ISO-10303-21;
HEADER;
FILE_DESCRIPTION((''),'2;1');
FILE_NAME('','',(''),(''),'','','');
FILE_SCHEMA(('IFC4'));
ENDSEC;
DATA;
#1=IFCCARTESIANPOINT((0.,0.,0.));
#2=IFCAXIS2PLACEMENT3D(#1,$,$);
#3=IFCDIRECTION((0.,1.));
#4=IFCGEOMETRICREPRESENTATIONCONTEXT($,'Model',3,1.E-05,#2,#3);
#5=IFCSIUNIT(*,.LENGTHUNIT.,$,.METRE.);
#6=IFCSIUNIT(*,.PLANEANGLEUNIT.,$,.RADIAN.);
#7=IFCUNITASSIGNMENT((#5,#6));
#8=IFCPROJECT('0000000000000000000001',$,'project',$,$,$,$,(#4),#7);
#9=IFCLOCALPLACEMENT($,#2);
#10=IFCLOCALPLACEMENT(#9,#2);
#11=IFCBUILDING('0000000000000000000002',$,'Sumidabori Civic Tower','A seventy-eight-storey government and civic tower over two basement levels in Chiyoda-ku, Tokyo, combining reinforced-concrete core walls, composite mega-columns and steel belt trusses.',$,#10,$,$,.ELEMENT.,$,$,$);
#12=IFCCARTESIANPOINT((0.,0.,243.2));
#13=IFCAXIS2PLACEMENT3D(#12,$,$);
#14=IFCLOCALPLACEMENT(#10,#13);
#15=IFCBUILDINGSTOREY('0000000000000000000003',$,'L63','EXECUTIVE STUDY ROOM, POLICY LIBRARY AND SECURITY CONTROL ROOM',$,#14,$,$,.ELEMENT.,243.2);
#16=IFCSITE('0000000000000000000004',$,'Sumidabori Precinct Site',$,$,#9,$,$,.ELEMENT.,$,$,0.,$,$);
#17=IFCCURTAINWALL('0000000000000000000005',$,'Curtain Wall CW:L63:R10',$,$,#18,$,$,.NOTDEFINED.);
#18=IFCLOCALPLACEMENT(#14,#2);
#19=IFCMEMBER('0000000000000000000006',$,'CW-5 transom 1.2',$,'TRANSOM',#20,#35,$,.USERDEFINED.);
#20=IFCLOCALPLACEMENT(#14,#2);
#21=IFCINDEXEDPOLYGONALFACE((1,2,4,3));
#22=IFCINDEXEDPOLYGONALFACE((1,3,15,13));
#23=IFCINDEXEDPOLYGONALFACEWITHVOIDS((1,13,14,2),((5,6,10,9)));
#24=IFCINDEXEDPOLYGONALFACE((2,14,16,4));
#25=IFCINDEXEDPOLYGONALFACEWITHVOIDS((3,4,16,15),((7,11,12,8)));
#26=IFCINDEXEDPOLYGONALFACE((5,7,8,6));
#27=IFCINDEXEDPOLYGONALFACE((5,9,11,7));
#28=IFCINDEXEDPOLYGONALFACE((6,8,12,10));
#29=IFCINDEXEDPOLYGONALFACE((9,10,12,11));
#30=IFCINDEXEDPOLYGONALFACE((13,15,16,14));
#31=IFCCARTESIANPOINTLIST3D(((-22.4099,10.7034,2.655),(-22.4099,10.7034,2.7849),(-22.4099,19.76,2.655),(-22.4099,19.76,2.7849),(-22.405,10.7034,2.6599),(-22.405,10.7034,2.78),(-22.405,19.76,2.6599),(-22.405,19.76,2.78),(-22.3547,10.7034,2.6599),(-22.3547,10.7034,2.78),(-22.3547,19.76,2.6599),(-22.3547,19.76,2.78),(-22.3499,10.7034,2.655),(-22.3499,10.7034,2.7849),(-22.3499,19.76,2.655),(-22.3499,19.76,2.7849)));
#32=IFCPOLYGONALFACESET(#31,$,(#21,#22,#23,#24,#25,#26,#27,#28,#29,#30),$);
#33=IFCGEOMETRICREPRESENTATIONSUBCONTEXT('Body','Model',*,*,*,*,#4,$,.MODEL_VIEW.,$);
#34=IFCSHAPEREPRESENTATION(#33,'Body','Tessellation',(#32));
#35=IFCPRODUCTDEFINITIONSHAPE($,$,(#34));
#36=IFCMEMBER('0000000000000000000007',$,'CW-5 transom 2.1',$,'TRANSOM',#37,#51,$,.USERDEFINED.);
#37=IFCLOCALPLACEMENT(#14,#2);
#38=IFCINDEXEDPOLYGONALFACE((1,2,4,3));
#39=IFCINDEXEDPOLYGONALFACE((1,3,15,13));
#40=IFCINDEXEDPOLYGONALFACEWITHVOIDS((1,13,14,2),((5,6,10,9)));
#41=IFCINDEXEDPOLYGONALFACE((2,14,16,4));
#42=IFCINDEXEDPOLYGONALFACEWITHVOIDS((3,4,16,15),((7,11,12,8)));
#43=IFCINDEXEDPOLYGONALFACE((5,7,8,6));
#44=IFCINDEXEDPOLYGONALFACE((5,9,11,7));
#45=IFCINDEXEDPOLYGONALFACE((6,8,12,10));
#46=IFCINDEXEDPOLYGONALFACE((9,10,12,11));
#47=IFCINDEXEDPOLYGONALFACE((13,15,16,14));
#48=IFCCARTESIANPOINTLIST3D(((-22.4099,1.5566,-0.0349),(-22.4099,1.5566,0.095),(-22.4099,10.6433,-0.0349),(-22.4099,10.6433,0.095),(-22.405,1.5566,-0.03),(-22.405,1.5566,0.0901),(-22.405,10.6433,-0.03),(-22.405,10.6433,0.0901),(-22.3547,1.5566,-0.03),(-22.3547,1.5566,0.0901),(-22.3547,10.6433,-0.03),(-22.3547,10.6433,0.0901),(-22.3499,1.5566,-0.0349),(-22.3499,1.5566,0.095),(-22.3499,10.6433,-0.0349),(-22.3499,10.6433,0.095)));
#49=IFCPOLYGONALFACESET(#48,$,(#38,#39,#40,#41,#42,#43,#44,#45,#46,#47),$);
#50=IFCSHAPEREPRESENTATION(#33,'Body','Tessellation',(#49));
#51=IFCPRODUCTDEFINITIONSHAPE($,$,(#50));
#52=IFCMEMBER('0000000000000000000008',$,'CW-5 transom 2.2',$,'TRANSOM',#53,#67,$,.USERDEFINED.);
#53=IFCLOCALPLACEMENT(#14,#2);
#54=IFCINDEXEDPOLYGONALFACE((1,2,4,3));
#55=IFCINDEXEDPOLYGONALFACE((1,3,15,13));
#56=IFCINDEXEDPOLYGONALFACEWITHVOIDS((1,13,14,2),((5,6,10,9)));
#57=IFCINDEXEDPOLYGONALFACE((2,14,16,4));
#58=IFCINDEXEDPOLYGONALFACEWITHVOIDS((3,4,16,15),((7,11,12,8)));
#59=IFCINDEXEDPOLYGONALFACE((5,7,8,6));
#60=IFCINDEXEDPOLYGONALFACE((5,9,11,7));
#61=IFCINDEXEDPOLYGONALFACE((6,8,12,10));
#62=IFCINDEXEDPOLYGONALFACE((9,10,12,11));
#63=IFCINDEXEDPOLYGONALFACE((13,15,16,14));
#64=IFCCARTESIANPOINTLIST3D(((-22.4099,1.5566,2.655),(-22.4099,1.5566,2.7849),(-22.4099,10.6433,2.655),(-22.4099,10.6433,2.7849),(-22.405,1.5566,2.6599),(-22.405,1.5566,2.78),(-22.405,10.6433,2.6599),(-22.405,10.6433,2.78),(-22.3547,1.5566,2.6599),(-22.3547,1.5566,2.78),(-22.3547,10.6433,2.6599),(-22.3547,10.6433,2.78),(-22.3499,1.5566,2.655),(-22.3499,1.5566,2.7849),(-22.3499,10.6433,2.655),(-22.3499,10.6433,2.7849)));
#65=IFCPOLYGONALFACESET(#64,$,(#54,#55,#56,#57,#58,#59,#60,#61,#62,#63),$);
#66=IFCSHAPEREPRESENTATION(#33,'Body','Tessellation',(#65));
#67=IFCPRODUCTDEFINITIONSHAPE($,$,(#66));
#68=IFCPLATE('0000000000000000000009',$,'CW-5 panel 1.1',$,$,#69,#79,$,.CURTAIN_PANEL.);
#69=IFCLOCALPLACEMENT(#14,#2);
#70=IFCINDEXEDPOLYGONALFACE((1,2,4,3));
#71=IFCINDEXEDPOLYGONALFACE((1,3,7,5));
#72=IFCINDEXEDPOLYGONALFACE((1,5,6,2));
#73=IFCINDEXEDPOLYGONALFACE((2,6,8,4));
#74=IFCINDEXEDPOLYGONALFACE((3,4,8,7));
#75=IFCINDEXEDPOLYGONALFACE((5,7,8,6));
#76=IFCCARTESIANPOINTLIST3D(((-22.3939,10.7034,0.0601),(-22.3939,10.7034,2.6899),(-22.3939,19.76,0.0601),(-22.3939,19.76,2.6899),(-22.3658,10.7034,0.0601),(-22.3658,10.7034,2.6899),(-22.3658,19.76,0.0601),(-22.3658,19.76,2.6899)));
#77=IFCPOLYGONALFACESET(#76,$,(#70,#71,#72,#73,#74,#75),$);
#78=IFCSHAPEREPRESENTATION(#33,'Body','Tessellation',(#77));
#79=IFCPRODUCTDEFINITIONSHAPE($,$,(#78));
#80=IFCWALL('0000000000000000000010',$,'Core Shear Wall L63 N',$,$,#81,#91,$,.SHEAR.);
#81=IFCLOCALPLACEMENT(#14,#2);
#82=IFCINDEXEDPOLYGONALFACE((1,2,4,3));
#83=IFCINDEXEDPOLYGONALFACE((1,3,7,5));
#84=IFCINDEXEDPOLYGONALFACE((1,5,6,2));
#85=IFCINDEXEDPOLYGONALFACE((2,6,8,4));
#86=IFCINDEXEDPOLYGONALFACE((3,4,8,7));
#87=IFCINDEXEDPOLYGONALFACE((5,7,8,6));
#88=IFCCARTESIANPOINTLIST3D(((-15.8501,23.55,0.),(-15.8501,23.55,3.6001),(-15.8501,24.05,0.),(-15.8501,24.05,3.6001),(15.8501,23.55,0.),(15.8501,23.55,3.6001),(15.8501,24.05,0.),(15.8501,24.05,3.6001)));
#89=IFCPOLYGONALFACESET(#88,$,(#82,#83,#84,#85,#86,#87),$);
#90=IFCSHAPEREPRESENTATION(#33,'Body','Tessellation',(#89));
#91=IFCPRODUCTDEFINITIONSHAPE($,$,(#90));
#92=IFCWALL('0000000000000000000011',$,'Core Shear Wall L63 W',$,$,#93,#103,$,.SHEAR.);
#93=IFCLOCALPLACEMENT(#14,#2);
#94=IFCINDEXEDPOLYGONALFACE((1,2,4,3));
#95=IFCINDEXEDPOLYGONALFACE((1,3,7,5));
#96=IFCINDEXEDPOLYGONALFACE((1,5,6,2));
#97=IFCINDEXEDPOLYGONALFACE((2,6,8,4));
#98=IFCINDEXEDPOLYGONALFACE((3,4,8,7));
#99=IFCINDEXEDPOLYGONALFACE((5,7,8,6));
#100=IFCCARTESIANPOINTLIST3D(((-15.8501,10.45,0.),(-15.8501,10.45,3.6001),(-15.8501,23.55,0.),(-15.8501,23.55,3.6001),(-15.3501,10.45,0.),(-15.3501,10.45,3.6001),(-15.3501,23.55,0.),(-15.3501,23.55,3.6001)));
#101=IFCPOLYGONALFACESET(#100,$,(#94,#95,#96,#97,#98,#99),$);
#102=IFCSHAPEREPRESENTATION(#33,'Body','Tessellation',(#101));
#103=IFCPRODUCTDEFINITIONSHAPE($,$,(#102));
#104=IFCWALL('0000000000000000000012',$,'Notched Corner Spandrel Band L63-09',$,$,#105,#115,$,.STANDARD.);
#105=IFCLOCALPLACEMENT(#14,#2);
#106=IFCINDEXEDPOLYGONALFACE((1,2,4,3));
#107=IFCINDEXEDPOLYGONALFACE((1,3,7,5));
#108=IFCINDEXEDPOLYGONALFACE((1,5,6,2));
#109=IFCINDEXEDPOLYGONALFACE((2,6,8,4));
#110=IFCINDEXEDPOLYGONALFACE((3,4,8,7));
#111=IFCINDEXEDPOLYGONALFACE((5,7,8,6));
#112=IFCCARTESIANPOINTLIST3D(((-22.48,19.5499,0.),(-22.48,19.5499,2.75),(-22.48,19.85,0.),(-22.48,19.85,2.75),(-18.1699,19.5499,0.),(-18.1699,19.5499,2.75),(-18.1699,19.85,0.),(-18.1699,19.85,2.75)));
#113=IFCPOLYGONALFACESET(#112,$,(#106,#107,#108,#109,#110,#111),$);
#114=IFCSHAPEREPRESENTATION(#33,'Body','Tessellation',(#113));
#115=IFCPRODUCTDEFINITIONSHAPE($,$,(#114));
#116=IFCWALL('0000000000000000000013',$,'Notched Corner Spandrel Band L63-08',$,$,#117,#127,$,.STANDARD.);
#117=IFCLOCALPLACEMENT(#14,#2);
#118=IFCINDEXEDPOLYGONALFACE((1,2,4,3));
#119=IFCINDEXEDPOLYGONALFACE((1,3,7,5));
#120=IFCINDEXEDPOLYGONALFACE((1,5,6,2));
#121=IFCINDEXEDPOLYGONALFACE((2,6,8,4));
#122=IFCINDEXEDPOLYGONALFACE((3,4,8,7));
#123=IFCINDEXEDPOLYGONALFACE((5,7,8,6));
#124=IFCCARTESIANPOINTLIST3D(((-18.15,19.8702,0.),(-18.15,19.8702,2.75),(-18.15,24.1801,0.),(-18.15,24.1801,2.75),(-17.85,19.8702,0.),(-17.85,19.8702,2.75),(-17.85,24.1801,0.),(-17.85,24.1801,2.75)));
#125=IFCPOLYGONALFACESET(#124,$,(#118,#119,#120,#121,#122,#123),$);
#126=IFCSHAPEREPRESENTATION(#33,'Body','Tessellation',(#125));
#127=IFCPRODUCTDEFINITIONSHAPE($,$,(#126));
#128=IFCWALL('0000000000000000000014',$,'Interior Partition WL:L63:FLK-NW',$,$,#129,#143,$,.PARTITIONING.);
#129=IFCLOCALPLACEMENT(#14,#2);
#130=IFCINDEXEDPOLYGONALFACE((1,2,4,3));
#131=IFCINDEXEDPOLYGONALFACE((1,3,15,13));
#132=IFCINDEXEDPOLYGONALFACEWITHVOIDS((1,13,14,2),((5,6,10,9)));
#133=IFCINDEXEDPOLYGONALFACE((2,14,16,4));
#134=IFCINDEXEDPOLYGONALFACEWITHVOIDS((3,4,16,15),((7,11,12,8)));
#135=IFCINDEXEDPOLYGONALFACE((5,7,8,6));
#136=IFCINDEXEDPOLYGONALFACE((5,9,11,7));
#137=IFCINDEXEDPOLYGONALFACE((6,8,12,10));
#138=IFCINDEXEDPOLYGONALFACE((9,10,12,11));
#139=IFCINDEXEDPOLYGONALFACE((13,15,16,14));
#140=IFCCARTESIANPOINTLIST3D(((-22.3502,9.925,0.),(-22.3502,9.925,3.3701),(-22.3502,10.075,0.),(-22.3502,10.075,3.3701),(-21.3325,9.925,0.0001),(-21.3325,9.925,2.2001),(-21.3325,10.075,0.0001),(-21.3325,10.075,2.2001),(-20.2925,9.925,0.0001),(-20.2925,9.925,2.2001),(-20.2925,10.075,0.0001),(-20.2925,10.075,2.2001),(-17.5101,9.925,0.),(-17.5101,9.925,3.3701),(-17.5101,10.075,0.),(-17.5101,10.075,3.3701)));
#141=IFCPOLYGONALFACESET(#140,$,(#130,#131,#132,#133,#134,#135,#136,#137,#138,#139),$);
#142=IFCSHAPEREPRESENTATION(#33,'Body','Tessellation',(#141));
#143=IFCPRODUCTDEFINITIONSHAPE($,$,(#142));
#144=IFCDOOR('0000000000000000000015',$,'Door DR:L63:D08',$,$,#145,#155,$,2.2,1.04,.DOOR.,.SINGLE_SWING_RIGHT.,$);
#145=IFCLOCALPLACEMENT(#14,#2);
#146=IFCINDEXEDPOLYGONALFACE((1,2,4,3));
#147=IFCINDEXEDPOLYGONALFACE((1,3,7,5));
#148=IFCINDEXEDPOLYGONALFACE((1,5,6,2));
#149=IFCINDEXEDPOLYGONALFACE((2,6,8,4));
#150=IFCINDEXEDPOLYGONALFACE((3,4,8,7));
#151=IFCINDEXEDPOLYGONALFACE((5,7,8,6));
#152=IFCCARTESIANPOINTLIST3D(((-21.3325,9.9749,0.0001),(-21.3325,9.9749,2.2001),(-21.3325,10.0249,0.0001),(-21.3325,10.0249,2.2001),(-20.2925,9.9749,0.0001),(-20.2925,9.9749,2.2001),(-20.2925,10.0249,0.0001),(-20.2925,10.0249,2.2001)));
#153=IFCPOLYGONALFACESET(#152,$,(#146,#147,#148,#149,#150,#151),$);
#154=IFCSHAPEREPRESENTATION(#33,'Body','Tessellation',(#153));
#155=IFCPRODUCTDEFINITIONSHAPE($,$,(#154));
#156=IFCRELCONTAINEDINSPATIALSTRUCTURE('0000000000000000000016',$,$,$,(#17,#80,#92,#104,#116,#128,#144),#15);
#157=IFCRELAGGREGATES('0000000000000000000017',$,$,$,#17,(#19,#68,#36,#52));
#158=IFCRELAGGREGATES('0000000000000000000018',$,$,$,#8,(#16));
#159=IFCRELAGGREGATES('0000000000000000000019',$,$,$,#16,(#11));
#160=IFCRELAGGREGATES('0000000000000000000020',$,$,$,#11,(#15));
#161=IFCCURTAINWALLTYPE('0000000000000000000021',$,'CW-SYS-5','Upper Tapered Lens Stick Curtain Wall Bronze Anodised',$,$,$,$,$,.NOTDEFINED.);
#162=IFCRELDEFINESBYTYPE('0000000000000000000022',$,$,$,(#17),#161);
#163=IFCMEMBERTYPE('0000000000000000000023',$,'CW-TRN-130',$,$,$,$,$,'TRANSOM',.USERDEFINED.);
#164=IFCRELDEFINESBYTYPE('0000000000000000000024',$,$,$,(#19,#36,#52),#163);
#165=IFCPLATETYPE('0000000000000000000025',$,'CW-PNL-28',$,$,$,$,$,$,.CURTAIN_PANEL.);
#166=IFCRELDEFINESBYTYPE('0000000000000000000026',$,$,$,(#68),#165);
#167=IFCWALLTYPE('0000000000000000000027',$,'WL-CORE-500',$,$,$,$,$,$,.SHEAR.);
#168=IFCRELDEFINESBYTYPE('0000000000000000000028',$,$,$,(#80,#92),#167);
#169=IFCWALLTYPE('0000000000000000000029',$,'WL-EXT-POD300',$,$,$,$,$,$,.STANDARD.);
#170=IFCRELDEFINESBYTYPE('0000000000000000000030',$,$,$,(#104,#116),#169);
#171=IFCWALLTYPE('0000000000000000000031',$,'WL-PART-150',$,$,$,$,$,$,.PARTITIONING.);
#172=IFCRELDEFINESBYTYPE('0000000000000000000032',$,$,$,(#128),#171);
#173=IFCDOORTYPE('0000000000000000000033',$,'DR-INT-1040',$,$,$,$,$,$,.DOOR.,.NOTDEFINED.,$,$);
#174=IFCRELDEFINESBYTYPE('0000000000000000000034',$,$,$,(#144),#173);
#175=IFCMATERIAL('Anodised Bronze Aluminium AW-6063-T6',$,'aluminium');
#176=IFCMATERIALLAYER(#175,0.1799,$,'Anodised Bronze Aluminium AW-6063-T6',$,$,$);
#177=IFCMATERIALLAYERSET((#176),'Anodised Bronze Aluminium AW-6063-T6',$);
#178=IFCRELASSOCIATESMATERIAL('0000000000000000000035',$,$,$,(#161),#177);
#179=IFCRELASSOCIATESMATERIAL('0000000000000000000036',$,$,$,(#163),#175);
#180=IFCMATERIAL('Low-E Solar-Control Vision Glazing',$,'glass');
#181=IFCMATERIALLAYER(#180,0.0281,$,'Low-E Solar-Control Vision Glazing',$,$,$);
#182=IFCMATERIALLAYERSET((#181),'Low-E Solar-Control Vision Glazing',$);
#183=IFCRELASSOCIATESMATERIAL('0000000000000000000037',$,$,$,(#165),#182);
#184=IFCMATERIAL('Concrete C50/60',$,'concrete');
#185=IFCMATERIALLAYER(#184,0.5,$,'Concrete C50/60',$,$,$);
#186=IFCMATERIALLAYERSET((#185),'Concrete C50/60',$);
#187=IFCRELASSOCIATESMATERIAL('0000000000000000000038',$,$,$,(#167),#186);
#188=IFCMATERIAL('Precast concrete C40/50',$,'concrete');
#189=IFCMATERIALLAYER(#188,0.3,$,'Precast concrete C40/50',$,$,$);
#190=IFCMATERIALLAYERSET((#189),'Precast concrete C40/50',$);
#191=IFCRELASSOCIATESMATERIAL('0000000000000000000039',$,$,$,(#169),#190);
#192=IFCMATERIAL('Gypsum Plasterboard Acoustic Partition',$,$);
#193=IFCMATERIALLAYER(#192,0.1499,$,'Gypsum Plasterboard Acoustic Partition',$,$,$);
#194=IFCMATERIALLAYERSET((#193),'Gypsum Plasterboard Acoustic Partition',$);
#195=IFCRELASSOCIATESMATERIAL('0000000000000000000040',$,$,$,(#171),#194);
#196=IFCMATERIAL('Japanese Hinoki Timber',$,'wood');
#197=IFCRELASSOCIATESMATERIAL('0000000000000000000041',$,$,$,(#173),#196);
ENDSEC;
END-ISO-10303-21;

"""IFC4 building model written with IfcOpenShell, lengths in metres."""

from ifc_helpers import new_model, si_unit, direction, frame, frame_2d, origin, origin_2d, place, context, subcontext, project, spatial, rectangle, hollow_rectangle, extrude, source, transform, mapped, material, layer, layer_set, material_profile, profile_set, type_object, element, fill, aggregate, save


model = new_model("IFC4")

# Units and contexts
model_context = context("Model", 3, precision=1e-05, world=origin(), true_north=direction((0.0, 1.0)))
body_context = subcontext(model_context, "Body", "Model", "MODEL_VIEW")
ifc_project = project(units=[si_unit("LENGTHUNIT", "METRE"), si_unit("PLANEANGLEUNIT", "RADIAN")], contexts=[model_context])

# Site, building, storey
site_placement = place(None, origin())
site = spatial("IfcSite", under=ifc_project, at=site_placement, Name="Sumidabori Precinct Site", CompositionType="ELEMENT", RefElevation=0.0)
building_placement = place(site_placement, origin())
building = spatial("IfcBuilding", under=site, at=building_placement, Name="Sumidabori Civic Tower", Description="A seventy-eight-storey government and civic tower over two basement levels in Chiyoda-ku, Tokyo, combining reinforced-concrete core walls, composite mega-columns and steel belt trusses.", CompositionType="ELEMENT")
storey_placement = place(building_placement, frame((0.0, 0.0, 243.2)))
storey = spatial("IfcBuildingStorey", under=building, at=storey_placement, Name="L63", Description="EXECUTIVE STUDY ROOM, POLICY LIBRARY AND SECURITY CONTROL ROOM", CompositionType="ELEMENT", Elevation=243.2)

# Shared definitions
ifc_material_1 = material(Name="Anodised Bronze Aluminium AW-6063-T6", Category="aluminium")
ifc_layer_1 = layer(ifc_material_1, 0.1799, Name="Anodised Bronze Aluminium AW-6063-T6")
ifc_layer_set_1 = layer_set([ifc_layer_1], Name="Anodised Bronze Aluminium AW-6063-T6")
curtain_wall_type = type_object("IfcCurtainWallType", Name="CW-SYS-5", Description="Upper Tapered Lens Stick Curtain Wall Bronze Anodised", PredefinedType="NOTDEFINED", material=ifc_layer_set_1)

# Curtain wall, members, plate
curtain_wall_1_placement = place(storey_placement, origin())
curtain_wall_1 = element("IfcCurtainWall", 1, at=curtain_wall_1_placement, inside=storey, type_object=curtain_wall_type, Name="Curtain Wall CW:L63:R10", PredefinedType="NOTDEFINED")
ifc_material_profile_1 = material_profile(ifc_material_1, hollow_rectangle(XDim=0.0601, YDim=0.1299, WallThickness=0.0049, at=origin_2d()), Name="ALU TRANSOM 130x60")
ifc_profile_set_1 = profile_set([ifc_material_profile_1], Name="Anodised Bronze Aluminium AW-6063-T6")
member_type_1 = type_object("IfcMemberType", Name="CW-TRN-130", ElementType="TRANSOM", PredefinedType="USERDEFINED", material=ifc_profile_set_1)
shared_shape_1 = source(origin(), body_context, "Body", "SweptSolid", [
    extrude(hollow_rectangle(XDim=0.0601, YDim=0.1299, WallThickness=0.0049, at=origin_2d()), origin(), (0.0, 0.0, 1.0), 9.0566),
])
member_1_placement = place(storey_placement, frame((-22.3799, 19.76, 2.72), z_axis=(0.0, -1.0, 0.0), x_axis=(1.0, 0.0, 0.0)))
member_1 = element("IfcMember", 2, at=member_1_placement, type_object=member_type_1, Name="CW-5 transom 1.2", ObjectType="TRANSOM", PredefinedType="USERDEFINED", context=body_context, shape_type="MappedRepresentation", body=[
    mapped(shared_shape_1, transform((0.0, 0.0, 0.0), x_axis=(1.0, 0.0, 0.0), y_axis=(0.0, 1.0, 0.0), z_axis=(0.0, 0.0, 1.0), scale=1.0)),
])
shared_shape_2 = source(origin(), body_context, "Body", "SweptSolid", [
    extrude(hollow_rectangle(XDim=0.0601, YDim=0.1299, WallThickness=0.0049, at=origin_2d()), origin(), (0.0, 0.0, 1.0), 9.0867),
])
member_2_placement = place(storey_placement, frame((-22.3799, 10.6433, 0.03), z_axis=(0.0, -1.0, 0.0), x_axis=(1.0, 0.0, 0.0)))
member_2 = element("IfcMember", 3, at=member_2_placement, type_object=member_type_1, Name="CW-5 transom 2.1", ObjectType="TRANSOM", PredefinedType="USERDEFINED", context=body_context, shape_type="MappedRepresentation", body=[
    mapped(shared_shape_2, transform((0.0, 0.0, 0.0), x_axis=(1.0, 0.0, 0.0), y_axis=(0.0, 1.0, 0.0), z_axis=(0.0, 0.0, 1.0), scale=1.0)),
])
member_3_placement = place(storey_placement, frame((-22.3799, 10.6433, 2.72), z_axis=(0.0, -1.0, 0.0), x_axis=(1.0, 0.0, 0.0)))
member_3 = element("IfcMember", 4, at=member_3_placement, type_object=member_type_1, Name="CW-5 transom 2.2", ObjectType="TRANSOM", PredefinedType="USERDEFINED", context=body_context, shape_type="MappedRepresentation", body=[
    mapped(shared_shape_2, transform((0.0, 0.0, 0.0), x_axis=(1.0, 0.0, 0.0), y_axis=(0.0, 1.0, 0.0), z_axis=(0.0, 0.0, 1.0), scale=1.0)),
])
ifc_material_2 = material(Name="Low-E Solar-Control Vision Glazing", Category="glass")
ifc_layer_2 = layer(ifc_material_2, 0.0281, Name="Low-E Solar-Control Vision Glazing")
ifc_layer_set_2 = layer_set([ifc_layer_2], Name="Low-E Solar-Control Vision Glazing")
plate_type = type_object("IfcPlateType", Name="CW-PNL-28", PredefinedType="CURTAIN_PANEL", material=ifc_layer_set_2)
shared_shape_3 = source(origin(), body_context, "Body", "SweptSolid", [
    extrude(rectangle(XDim=9.0566, YDim=0.0281, at=origin_2d()), origin(), (0.0, 0.0, 1.0), 2.6299),
])
plate_placement = place(storey_placement, frame((-22.3799, 15.2317, 0.0601), z_axis=(0.0, 0.0, 1.0), x_axis=(0.0, -1.0, 0.0)))
plate = element("IfcPlate", 5, at=plate_placement, type_object=plate_type, Name="CW-5 panel 1.1", PredefinedType="CURTAIN_PANEL", context=body_context, shape_type="MappedRepresentation", body=[
    mapped(shared_shape_3, transform((0.0, 0.0, 0.0), x_axis=(1.0, 0.0, 0.0), y_axis=(0.0, 1.0, 0.0), z_axis=(0.0, 0.0, 1.0), scale=1.0)),
])
aggregate(curtain_wall_1, [member_1, plate, member_2, member_3])

# Wall
ifc_material_3 = material(Name="Concrete C50/60", Category="concrete")
ifc_layer_3 = layer(ifc_material_3, 0.5, Name="Concrete C50/60")
ifc_layer_set_3 = layer_set([ifc_layer_3], Name="Concrete C50/60")
wall_type_1 = type_object("IfcWallType", Name="WL-CORE-500", PredefinedType="SHEAR", material=ifc_layer_set_3)
shared_shape_4 = source(origin(), body_context, "Body", "SweptSolid", [
    extrude(rectangle(XDim=31.7002, YDim=0.5, at=frame_2d((15.8501, 0.0))), origin(), (0.0, 0.0, 1.0), 3.6001),
])
wall_1_placement = place(storey_placement, frame((-15.8501, 23.8, 0.0), z_axis=(0.0, 0.0, 1.0), x_axis=(1.0, 0.0, 0.0)))
element("IfcWall", 6, at=wall_1_placement, inside=storey, type_object=wall_type_1, Name="Core Shear Wall L63 N", PredefinedType="SHEAR", context=body_context, shape_type="MappedRepresentation", body=[
    mapped(shared_shape_4, transform((0.0, 0.0, 0.0), x_axis=(1.0, 0.0, 0.0), y_axis=(0.0, 1.0, 0.0), z_axis=(0.0, 0.0, 1.0), scale=1.0)),
])

# Wall
shared_shape_5 = source(origin(), body_context, "Body", "SweptSolid", [
    extrude(rectangle(XDim=13.1001, YDim=0.5, at=frame_2d((6.55, 0.0))), origin(), (0.0, 0.0, 1.0), 3.6001),
])
wall_2_placement = place(storey_placement, frame((-15.6001, 10.45, 0.0), z_axis=(0.0, 0.0, 1.0), x_axis=(0.0, 1.0, 0.0)))
element("IfcWall", 7, at=wall_2_placement, inside=storey, type_object=wall_type_1, Name="Core Shear Wall L63 W", PredefinedType="SHEAR", context=body_context, shape_type="MappedRepresentation", body=[
    mapped(shared_shape_5, transform((0.0, 0.0, 0.0), x_axis=(1.0, 0.0, 0.0), y_axis=(0.0, 1.0, 0.0), z_axis=(0.0, 0.0, 1.0), scale=1.0)),
])

# Walls
ifc_material_4 = material(Name="Precast concrete C40/50", Category="concrete")
ifc_layer_4 = layer(ifc_material_4, 0.3, Name="Precast concrete C40/50")
ifc_layer_set_4 = layer_set([ifc_layer_4], Name="Precast concrete C40/50")
wall_type_2 = type_object("IfcWallType", Name="WL-EXT-POD300", PredefinedType="STANDARD", material=ifc_layer_set_4)
shared_shape_6 = source(origin(), body_context, "Body", "SweptSolid", [
    extrude(rectangle(XDim=4.3101, YDim=0.3, at=frame_2d((2.155, 0.0))), origin(), (0.0, 0.0, 1.0), 2.75),
])
wall_3_placement = place(storey_placement, frame((-18.1699, 19.7, 0.0), z_axis=(0.0, 0.0, 1.0), x_axis=(-1.0, 0.0, 0.0)))
element("IfcWall", 8, at=wall_3_placement, inside=storey, type_object=wall_type_2, Name="Notched Corner Spandrel Band L63-09", PredefinedType="STANDARD", context=body_context, shape_type="MappedRepresentation", body=[
    mapped(shared_shape_6, transform((0.0, 0.0, 0.0), x_axis=(1.0, 0.0, 0.0), y_axis=(0.0, 1.0, 0.0), z_axis=(0.0, 0.0, 1.0), scale=1.0)),
])
shared_shape_7 = source(origin(), body_context, "Body", "SweptSolid", [
    extrude(rectangle(XDim=4.3098, YDim=0.3, at=frame_2d((2.1548, 0.0))), origin(), (0.0, 0.0, 1.0), 2.75),
])
wall_4_placement = place(storey_placement, frame((-18.0, 24.1799, 0.0), z_axis=(0.0, 0.0, 1.0), x_axis=(0.0, -1.0, 0.0)))
element("IfcWall", 9, at=wall_4_placement, inside=storey, type_object=wall_type_2, Name="Notched Corner Spandrel Band L63-08", PredefinedType="STANDARD", context=body_context, shape_type="MappedRepresentation", body=[
    mapped(shared_shape_7, transform((0.0, 0.0, 0.0), x_axis=(1.0, 0.0, 0.0), y_axis=(0.0, 1.0, 0.0), z_axis=(0.0, 0.0, 1.0), scale=1.0)),
])

# Wall, opening, door
ifc_material_5 = material(Name="Gypsum Plasterboard Acoustic Partition")
ifc_layer_5 = layer(ifc_material_5, 0.1499, Name="Gypsum Plasterboard Acoustic Partition")
ifc_layer_set_5 = layer_set([ifc_layer_5], Name="Gypsum Plasterboard Acoustic Partition")
wall_type_3 = type_object("IfcWallType", Name="WL-PART-150", PredefinedType="PARTITIONING", material=ifc_layer_set_5)
shared_shape_8 = source(origin(), body_context, "Body", "SweptSolid", [
    extrude(rectangle(XDim=4.8401, YDim=0.1499, at=frame_2d((2.4199, 0.0))), origin(), (0.0, 0.0, 1.0), 3.3701),
])
wall_5_placement = place(storey_placement, frame((-22.3501, 10.0, 0.0), z_axis=(0.0, 0.0, 1.0), x_axis=(1.0, 0.0, 0.0)))
wall_5 = element("IfcWall", 10, at=wall_5_placement, inside=storey, type_object=wall_type_3, Name="Interior Partition WL:L63:FLK-NW", PredefinedType="PARTITIONING", context=body_context, shape_type="MappedRepresentation", body=[
    mapped(shared_shape_8, transform((0.0, 0.0, 0.0), x_axis=(1.0, 0.0, 0.0), y_axis=(0.0, 1.0, 0.0), z_axis=(0.0, 0.0, 1.0), scale=1.0)),
])
opening_1_placement = place(wall_5_placement, frame((1.0176, 0.0, 0.0)))
opening_1 = element("IfcOpeningElement", 11, at=opening_1_placement, cuts=wall_5, PredefinedType="OPENING", context=body_context, shape_type="SweptSolid", body=[
    extrude(rectangle(XDim=1.04, YDim=2.2, at=frame_2d((0.52, 1.1001))), frame((0.0, 0.0869, 0.0), z_axis=(0.0, -1.0, 0.0), x_axis=(1.0, 0.0, 0.0)), (0.0, 0.0, 1.0), 0.1738),
])
ifc_material_6 = material(Name="Japanese Hinoki Timber", Category="wood")
door_type_1 = type_object("IfcDoorType", Name="DR-INT-1040", OperationType="NOTDEFINED", PredefinedType="DOOR", material=ifc_material_6)
shared_shape_9 = source(origin(), body_context, "Body", "SweptSolid", [
    extrude(rectangle(XDim=1.04, YDim=2.2, at=frame_2d((0.52, 1.1001))), frame((0.0, 0.0249, 0.0), z_axis=(0.0, -1.0, 0.0), x_axis=(1.0, 0.0, 0.0)), (0.0, 0.0, 1.0), 0.05),
])
door_1_placement = place(opening_1_placement, origin())
door_1 = element("IfcDoor", 12, at=door_1_placement, inside=storey, type_object=door_type_1, Name="Door DR:L63:D08", OperationType="SINGLE_SWING_RIGHT", OverallHeight=2.2, OverallWidth=1.04, PredefinedType="DOOR", context=body_context, shape_type="MappedRepresentation", body=[
    mapped(shared_shape_9, transform((0.0, 0.0, 0.0), x_axis=(1.0, 0.0, 0.0), y_axis=(0.0, 1.0, 0.0), z_axis=(0.0, 0.0, 1.0), scale=1.0)),
])
fill(opening_1, door_1)

save(model, "model.ifc")
